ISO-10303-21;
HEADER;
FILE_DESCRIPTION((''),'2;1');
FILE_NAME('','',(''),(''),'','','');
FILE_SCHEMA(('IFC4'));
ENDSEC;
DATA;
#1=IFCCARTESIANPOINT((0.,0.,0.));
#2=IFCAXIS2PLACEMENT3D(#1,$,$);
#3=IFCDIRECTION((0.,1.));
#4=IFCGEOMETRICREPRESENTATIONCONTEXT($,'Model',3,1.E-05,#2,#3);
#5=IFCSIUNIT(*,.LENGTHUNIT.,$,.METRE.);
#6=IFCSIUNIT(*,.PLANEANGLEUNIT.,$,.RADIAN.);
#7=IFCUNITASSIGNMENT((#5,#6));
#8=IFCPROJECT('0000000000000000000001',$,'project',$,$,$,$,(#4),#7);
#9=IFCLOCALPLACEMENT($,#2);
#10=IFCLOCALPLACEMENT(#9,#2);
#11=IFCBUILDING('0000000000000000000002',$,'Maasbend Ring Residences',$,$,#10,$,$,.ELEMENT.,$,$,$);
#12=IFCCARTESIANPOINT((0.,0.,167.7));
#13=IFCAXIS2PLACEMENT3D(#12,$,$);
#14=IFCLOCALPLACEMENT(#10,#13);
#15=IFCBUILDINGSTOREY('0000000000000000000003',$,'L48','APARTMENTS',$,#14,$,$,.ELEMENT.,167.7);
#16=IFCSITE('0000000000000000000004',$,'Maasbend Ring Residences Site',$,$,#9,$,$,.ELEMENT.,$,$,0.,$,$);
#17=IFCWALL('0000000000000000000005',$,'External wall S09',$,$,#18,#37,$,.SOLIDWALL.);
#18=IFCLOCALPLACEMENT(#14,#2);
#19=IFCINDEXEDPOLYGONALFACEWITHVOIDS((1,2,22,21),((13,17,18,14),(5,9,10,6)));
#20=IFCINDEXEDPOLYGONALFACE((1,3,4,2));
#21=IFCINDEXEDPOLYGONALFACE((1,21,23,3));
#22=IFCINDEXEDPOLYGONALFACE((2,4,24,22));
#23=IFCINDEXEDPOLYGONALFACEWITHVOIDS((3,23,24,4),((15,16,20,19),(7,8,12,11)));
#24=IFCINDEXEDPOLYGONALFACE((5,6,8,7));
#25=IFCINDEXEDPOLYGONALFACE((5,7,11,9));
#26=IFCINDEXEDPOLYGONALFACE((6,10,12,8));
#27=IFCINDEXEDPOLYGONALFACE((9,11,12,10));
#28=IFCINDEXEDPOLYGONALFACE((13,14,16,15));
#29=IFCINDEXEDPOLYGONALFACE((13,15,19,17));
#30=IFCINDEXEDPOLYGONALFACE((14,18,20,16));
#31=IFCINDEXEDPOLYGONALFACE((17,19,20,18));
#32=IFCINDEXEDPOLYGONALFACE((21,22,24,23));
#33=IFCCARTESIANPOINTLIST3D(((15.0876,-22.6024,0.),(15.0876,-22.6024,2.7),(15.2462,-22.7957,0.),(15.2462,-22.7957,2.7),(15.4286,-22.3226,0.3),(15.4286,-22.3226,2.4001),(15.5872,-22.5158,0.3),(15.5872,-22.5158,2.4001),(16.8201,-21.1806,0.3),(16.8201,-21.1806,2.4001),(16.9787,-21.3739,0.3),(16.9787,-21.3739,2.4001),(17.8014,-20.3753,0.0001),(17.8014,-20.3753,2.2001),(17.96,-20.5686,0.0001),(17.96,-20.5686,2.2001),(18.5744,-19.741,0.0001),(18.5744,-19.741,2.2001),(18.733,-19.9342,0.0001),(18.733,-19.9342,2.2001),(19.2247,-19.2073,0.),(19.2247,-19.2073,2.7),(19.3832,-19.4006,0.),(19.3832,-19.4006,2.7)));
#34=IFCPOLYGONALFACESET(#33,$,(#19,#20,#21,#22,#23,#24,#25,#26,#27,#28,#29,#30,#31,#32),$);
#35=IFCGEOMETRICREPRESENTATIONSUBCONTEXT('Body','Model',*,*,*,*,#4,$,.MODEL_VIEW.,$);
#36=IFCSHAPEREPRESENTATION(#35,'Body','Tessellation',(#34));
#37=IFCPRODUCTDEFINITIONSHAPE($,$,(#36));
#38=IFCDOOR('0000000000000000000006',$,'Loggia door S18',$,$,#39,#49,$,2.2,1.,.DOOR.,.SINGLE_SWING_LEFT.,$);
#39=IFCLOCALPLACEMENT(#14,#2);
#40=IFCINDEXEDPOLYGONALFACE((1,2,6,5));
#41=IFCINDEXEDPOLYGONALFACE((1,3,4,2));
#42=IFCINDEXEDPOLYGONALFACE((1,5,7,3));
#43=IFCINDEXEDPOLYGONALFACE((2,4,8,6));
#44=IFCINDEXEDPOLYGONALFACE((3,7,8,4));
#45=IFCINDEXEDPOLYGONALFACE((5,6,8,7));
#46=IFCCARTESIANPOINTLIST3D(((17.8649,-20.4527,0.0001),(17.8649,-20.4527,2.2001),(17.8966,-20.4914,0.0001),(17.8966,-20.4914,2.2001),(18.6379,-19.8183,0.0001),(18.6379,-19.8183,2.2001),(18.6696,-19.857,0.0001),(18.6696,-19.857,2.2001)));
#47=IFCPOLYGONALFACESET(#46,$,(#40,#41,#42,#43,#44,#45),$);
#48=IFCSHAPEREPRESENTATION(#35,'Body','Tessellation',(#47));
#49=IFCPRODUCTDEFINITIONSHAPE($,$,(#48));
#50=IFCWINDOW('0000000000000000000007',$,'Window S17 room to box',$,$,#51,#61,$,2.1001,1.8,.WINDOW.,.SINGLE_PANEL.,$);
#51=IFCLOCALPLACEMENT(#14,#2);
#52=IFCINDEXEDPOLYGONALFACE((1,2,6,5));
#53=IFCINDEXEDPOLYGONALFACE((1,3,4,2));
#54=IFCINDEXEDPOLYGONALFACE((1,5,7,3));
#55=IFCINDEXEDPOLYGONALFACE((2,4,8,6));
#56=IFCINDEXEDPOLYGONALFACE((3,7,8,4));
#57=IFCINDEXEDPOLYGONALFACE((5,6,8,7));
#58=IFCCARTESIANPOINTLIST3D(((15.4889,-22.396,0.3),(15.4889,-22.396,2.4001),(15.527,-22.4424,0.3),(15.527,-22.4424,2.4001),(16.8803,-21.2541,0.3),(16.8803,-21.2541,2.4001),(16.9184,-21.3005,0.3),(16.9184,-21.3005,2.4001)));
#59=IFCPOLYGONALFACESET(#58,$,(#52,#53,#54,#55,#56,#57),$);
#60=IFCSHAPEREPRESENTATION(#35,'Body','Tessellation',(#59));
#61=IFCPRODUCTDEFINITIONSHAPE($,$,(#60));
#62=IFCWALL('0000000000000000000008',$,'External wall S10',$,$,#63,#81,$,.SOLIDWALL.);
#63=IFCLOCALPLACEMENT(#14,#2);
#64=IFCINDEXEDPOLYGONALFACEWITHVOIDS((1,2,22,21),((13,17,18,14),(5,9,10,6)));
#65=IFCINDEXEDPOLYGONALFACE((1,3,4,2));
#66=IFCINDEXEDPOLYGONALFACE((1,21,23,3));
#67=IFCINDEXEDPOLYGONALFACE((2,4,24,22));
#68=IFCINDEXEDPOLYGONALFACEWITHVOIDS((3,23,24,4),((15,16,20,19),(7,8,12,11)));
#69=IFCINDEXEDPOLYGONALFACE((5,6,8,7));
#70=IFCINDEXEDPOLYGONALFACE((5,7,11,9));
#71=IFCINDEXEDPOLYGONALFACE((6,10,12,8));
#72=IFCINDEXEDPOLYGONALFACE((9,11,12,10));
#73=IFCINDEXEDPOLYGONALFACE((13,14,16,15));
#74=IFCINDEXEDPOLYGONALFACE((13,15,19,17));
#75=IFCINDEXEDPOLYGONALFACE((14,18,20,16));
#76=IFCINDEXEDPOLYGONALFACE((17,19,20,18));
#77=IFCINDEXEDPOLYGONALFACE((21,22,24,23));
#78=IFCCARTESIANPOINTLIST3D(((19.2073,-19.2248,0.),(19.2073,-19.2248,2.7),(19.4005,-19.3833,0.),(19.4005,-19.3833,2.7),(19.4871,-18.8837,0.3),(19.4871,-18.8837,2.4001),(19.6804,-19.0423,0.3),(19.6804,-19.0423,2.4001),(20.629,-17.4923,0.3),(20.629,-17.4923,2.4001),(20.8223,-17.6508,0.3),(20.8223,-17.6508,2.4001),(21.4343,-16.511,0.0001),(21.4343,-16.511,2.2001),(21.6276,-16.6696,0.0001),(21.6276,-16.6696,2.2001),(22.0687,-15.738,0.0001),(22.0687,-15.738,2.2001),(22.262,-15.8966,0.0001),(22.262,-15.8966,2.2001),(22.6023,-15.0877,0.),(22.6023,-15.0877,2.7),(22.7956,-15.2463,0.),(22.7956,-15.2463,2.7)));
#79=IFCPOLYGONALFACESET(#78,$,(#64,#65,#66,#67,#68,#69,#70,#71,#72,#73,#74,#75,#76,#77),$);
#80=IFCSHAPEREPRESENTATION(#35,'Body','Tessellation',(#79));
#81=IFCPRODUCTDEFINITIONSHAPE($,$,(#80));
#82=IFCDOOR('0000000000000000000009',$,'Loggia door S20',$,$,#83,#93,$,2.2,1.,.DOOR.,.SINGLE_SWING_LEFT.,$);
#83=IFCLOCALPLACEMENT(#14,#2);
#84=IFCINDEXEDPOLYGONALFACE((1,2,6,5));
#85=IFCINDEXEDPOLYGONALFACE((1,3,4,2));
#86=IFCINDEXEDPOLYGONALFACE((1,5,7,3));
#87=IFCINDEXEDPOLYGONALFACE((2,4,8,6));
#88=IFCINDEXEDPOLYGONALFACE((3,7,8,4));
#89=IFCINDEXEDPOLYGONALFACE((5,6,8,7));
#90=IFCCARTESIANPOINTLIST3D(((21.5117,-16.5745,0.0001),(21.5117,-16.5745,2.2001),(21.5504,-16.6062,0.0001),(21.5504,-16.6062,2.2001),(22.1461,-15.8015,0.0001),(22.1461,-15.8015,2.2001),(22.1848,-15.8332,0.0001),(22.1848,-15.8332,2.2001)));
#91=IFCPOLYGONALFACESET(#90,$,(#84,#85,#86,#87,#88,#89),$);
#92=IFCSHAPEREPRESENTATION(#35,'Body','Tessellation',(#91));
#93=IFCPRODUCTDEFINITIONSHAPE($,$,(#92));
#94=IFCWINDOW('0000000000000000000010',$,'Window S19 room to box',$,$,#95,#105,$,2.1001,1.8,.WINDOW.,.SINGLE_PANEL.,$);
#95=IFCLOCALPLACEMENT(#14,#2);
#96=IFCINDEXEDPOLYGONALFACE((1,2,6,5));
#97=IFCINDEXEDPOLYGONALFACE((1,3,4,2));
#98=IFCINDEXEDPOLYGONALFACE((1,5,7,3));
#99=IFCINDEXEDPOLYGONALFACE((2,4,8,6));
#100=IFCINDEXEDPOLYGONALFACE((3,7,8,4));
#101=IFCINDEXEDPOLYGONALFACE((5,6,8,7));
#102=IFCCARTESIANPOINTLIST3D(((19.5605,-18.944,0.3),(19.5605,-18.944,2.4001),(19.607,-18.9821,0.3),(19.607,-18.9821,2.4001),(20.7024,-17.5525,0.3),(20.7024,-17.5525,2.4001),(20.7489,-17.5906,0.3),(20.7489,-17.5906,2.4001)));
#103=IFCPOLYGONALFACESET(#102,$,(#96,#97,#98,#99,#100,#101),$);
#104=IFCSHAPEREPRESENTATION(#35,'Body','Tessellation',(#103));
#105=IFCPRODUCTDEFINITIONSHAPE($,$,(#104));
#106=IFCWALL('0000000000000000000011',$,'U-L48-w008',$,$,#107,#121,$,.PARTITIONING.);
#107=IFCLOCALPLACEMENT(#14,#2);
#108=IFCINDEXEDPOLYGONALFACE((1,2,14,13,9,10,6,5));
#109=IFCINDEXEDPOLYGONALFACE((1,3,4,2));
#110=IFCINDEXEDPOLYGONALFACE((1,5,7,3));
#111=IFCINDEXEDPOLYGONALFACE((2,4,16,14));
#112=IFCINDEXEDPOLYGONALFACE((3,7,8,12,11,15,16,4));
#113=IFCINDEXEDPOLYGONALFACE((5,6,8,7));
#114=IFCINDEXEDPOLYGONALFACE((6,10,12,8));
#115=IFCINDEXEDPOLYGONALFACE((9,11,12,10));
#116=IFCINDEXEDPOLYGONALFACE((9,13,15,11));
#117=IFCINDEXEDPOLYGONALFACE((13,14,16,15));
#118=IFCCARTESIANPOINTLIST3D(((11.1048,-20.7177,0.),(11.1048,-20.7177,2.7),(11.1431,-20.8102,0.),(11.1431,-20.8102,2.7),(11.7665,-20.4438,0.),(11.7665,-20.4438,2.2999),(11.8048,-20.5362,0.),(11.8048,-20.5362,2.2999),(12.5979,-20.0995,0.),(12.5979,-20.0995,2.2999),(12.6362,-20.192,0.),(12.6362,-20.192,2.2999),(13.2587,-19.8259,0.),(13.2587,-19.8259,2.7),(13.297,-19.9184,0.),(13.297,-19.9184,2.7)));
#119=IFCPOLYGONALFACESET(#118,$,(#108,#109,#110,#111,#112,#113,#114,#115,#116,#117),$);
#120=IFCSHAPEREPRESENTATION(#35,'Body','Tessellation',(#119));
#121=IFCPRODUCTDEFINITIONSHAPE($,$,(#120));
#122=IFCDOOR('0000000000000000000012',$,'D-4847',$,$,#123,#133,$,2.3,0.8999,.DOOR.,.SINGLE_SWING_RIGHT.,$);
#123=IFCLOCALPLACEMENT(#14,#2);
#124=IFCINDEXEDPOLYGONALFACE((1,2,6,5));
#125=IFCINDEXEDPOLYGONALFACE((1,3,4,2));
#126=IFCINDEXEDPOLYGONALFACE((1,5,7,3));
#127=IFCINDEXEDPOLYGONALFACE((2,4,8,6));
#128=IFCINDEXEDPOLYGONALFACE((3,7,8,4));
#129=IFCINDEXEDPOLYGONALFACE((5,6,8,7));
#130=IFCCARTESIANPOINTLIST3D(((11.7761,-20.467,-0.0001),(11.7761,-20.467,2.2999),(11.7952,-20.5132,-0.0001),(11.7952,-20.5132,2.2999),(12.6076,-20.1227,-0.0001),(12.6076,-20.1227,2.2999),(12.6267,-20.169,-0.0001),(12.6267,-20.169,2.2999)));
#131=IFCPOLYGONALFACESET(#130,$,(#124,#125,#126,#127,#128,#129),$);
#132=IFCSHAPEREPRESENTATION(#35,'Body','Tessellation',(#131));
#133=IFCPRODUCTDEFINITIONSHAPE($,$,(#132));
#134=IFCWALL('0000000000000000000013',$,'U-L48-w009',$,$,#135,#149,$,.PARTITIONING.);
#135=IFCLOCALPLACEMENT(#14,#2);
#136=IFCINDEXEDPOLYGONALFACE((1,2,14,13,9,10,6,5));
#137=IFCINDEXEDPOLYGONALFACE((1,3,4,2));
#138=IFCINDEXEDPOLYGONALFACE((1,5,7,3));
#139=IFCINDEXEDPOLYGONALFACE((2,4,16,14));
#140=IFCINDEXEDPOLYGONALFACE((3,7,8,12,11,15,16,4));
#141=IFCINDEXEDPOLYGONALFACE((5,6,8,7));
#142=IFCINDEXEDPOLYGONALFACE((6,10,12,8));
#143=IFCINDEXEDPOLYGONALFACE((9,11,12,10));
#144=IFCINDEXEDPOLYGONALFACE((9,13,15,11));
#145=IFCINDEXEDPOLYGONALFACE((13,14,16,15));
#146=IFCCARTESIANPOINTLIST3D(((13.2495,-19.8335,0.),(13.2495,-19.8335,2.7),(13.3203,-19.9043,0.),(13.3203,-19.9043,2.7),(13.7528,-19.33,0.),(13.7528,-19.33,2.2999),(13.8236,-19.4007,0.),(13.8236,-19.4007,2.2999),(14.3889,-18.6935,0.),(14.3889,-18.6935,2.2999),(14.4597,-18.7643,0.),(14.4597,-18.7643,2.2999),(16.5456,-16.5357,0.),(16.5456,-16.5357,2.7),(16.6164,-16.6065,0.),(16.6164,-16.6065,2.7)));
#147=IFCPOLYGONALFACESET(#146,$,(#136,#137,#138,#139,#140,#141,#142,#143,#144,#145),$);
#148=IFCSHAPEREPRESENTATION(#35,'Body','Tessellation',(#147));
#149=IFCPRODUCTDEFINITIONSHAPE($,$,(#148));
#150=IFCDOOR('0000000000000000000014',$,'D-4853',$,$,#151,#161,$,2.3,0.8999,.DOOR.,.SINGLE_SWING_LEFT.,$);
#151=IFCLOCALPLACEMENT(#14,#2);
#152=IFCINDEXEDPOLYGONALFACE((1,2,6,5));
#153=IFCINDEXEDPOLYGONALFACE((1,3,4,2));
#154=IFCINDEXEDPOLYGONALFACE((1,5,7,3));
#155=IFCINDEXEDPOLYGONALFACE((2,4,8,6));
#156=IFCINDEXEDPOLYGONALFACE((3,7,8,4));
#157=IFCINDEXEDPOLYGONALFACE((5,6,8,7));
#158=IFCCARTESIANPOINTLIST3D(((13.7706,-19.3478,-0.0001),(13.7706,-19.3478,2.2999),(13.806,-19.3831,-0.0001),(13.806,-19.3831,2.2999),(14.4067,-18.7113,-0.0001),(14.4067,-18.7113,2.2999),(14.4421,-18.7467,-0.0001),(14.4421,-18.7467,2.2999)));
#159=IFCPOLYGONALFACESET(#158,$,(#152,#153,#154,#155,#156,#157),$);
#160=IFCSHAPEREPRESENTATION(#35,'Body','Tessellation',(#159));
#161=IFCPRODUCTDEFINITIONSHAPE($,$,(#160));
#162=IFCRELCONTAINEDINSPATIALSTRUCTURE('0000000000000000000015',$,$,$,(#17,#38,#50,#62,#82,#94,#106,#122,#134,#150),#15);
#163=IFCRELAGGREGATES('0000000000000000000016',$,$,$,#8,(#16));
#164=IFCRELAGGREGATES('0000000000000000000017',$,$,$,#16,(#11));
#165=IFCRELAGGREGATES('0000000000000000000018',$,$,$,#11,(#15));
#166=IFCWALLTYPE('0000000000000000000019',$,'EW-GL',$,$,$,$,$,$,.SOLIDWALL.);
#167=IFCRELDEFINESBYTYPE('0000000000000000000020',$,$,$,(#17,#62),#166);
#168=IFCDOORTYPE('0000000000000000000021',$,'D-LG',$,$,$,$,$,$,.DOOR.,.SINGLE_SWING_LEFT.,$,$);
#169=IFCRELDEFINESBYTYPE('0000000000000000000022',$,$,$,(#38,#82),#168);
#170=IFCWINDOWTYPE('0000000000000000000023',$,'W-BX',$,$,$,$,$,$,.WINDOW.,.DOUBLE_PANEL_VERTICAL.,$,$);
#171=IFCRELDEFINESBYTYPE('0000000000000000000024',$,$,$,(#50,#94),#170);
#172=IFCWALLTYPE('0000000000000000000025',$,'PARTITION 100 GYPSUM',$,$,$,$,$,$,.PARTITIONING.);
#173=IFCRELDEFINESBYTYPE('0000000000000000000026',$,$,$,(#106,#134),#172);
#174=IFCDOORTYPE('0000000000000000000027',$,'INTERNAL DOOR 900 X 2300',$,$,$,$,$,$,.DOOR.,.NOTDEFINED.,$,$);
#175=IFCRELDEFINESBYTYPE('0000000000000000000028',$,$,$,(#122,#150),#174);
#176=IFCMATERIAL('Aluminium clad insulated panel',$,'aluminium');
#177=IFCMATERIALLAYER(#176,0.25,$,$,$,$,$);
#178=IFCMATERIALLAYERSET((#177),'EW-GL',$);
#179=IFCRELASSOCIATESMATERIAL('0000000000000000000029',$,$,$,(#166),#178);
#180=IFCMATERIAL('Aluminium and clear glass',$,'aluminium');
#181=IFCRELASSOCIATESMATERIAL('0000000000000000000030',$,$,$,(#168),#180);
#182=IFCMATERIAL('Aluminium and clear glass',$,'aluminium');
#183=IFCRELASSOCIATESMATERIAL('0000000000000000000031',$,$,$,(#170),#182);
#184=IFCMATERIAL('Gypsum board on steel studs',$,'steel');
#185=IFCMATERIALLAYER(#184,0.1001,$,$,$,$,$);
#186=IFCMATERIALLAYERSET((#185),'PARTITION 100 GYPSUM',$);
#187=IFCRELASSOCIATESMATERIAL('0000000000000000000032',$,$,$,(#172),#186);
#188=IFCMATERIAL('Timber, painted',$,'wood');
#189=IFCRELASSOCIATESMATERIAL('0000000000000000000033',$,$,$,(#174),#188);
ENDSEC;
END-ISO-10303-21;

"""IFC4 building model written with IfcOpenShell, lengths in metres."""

from ifc_helpers import new_model, si_unit, direction, frame, frame_2d, origin, place, context, subcontext, project, spatial, rectangle, extrude, material, layer, layer_set, type_object, element, fill, save


model = new_model("IFC4")

# Units and contexts
model_context = context("Model", 3, precision=1e-05, world=origin(), true_north=direction((0.0, 1.0)))
body_context = subcontext(model_context, "Body", "Model", "MODEL_VIEW")
ifc_project = project(units=[si_unit("LENGTHUNIT", "METRE"), si_unit("PLANEANGLEUNIT", "RADIAN")], contexts=[model_context])

# Site, building, storey
site_placement = place(None, origin())
site = spatial("IfcSite", under=ifc_project, at=site_placement, Name="Maasbend Ring Residences Site", CompositionType="ELEMENT", RefElevation=0.0)
building_placement = place(site_placement, origin())
building = spatial("IfcBuilding", under=site, at=building_placement, Name="Maasbend Ring Residences", CompositionType="ELEMENT")
storey_placement = place(building_placement, frame((0.0, 0.0, 167.7)))
storey = spatial("IfcBuildingStorey", under=building, at=storey_placement, Name="L48", Description="APARTMENTS", CompositionType="ELEMENT", Elevation=167.7)

# Walls, openings, doors, windows
ifc_material_1 = material(Name="Aluminium clad insulated panel", Category="aluminium")
ifc_layer_1 = layer(ifc_material_1, 0.25)
ifc_layer_set_1 = layer_set([ifc_layer_1], Name="EW-GL")
wall_type_1 = type_object("IfcWallType", Name="EW-GL", PredefinedType="SOLIDWALL", material=ifc_layer_set_1)
wall_1_placement = place(storey_placement, frame((15.167, -22.699, 0.0), z_axis=(0.0, 0.0, 1.0), x_axis=(0.773019, 0.634382, 0.0)))
wall_1 = element("IfcWall", 1, at=wall_1_placement, inside=storey, type_object=wall_type_1, Name="External wall S09", PredefinedType="SOLIDWALL", context=body_context, shape_type="SweptSolid", body=[
    extrude(rectangle(XDim=5.3518, YDim=0.25, at=frame_2d((2.6758, 0.0))), origin(), (0.0, 0.0, 1.0), 2.7),
])
opening_1_placement = place(wall_1_placement, frame((0.4412, 0.0, 0.3)))
opening_1 = element("IfcOpeningElement", 2, at=opening_1_placement, cuts=wall_1, PredefinedType="OPENING", context=body_context, shape_type="SweptSolid", body=[
    extrude(rectangle(XDim=1.8, YDim=2.1001, at=frame_2d((0.8999, 1.05))), frame((0.0, 0.135, 0.0), z_axis=(0.0, -1.0, 0.0), x_axis=(1.0, 0.0, 0.0)), (0.0, 0.0, 1.0), 0.27),
])
opening_2_placement = place(wall_1_placement, frame((3.5105, 0.0, 0.0)))
opening_2 = element("IfcOpeningElement", 3, at=opening_2_placement, cuts=wall_1, PredefinedType="OPENING", context=body_context, shape_type="SweptSolid", body=[
    extrude(rectangle(XDim=1.0, YDim=2.2, at=frame_2d((0.5, 1.1001))), frame((0.0, 0.135, 0.0), z_axis=(0.0, -1.0, 0.0), x_axis=(1.0, 0.0, 0.0)), (0.0, 0.0, 1.0), 0.27),
])
ifc_material_2 = material(Name="Aluminium and clear glass", Category="aluminium")
door_type_1 = type_object("IfcDoorType", Name="D-LG", OperationType="SINGLE_SWING_LEFT", PredefinedType="DOOR", material=ifc_material_2)
door_1_placement = place(opening_2_placement, origin())
door_1 = element("IfcDoor", 4, at=door_1_placement, inside=storey, type_object=door_type_1, Name="Loggia door S18", OperationType="SINGLE_SWING_LEFT", OverallHeight=2.2, OverallWidth=1.0, PredefinedType="DOOR", context=body_context, shape_type="SweptSolid", body=[
    extrude(rectangle(XDim=1.0, YDim=2.2, at=frame_2d((0.5, 1.1001))), frame((0.0, 0.0249, 0.0), z_axis=(0.0, -1.0, 0.0), x_axis=(1.0, 0.0, 0.0)), (0.0, 0.0, 1.0), 0.05),
])
fill(opening_2, door_1)
ifc_material_3 = material(Name="Aluminium and clear glass", Category="aluminium")
window_type_1 = type_object("IfcWindowType", Name="W-BX", PartitioningType="DOUBLE_PANEL_VERTICAL", PredefinedType="WINDOW", material=ifc_material_3)
window_1_placement = place(opening_1_placement, origin())
window_1 = element("IfcWindow", 5, at=window_1_placement, inside=storey, type_object=window_type_1, Name="Window S17 room to box", OverallHeight=2.1001, OverallWidth=1.8, PartitioningType="SINGLE_PANEL", PredefinedType="WINDOW", context=body_context, shape_type="SweptSolid", body=[
    extrude(rectangle(XDim=1.8, YDim=2.1001, at=frame_2d((0.8999, 1.05))), frame((0.0, 0.03, 0.0), z_axis=(0.0, -1.0, 0.0), x_axis=(1.0, 0.0, 0.0)), (0.0, 0.0, 1.0), 0.0601),
])
fill(opening_1, window_1)
wall_2_placement = place(storey_placement, frame((19.304, -19.304, 0.0), z_axis=(0.0, 0.0, 1.0), x_axis=(0.634382, 0.773019, 0.0)))
wall_2 = element("IfcWall", 6, at=wall_2_placement, inside=storey, type_object=wall_type_1, Name="External wall S10", PredefinedType="SOLIDWALL", context=body_context, shape_type="SweptSolid", body=[
    extrude(rectangle(XDim=5.3518, YDim=0.25, at=frame_2d((2.6758, 0.0))), origin(), (0.0, 0.0, 1.0), 2.7),
])
opening_3_placement = place(wall_2_placement, frame((0.4412, 0.0, 0.3)))
opening_3 = element("IfcOpeningElement", 7, at=opening_3_placement, cuts=wall_2, PredefinedType="OPENING", context=body_context, shape_type="SweptSolid", body=[
    extrude(rectangle(XDim=1.8, YDim=2.1001, at=frame_2d((0.8999, 1.05))), frame((0.0, 0.135, 0.0), z_axis=(0.0, -1.0, 0.0), x_axis=(1.0, 0.0, 0.0)), (0.0, 0.0, 1.0), 0.27),
])
opening_4_placement = place(wall_2_placement, frame((3.5105, 0.0, 0.0)))
opening_4 = element("IfcOpeningElement", 8, at=opening_4_placement, cuts=wall_2, PredefinedType="OPENING", context=body_context, shape_type="SweptSolid", body=[
    extrude(rectangle(XDim=1.0, YDim=2.2, at=frame_2d((0.5, 1.1001))), frame((0.0, 0.135, 0.0), z_axis=(0.0, -1.0, 0.0), x_axis=(1.0, 0.0, 0.0)), (0.0, 0.0, 1.0), 0.27),
])
door_2_placement = place(opening_4_placement, origin())
door_2 = element("IfcDoor", 9, at=door_2_placement, inside=storey, type_object=door_type_1, Name="Loggia door S20", OperationType="SINGLE_SWING_LEFT", OverallHeight=2.2, OverallWidth=1.0, PredefinedType="DOOR", context=body_context, shape_type="SweptSolid", body=[
    extrude(rectangle(XDim=1.0, YDim=2.2, at=frame_2d((0.5, 1.1001))), frame((0.0, 0.0249, 0.0), z_axis=(0.0, -1.0, 0.0), x_axis=(1.0, 0.0, 0.0)), (0.0, 0.0, 1.0), 0.05),
])
fill(opening_4, door_2)
window_2_placement = place(opening_3_placement, origin())
window_2 = element("IfcWindow", 10, at=window_2_placement, inside=storey, type_object=window_type_1, Name="Window S19 room to box", OverallHeight=2.1001, OverallWidth=1.8, PartitioningType="SINGLE_PANEL", PredefinedType="WINDOW", context=body_context, shape_type="SweptSolid", body=[
    extrude(rectangle(XDim=1.8, YDim=2.1001, at=frame_2d((0.8999, 1.05))), frame((0.0, 0.03, 0.0), z_axis=(0.0, -1.0, 0.0), x_axis=(1.0, 0.0, 0.0)), (0.0, 0.0, 1.0), 0.0601),
])
fill(opening_3, window_2)

# Walls, openings, doors
ifc_material_4 = material(Name="Gypsum board on steel studs", Category="steel")
ifc_layer_2 = layer(ifc_material_4, 0.1001)
ifc_layer_set_2 = layer_set([ifc_layer_2], Name="PARTITION 100 GYPSUM")
wall_type_2 = type_object("IfcWallType", Name="PARTITION 100 GYPSUM", PredefinedType="PARTITIONING", material=ifc_layer_set_2)
wall_3_placement = place(storey_placement, frame((11.124, -20.7639, 0.0), z_axis=(0.0, 0.0, 1.0), x_axis=(0.923939, 0.38254, 0.0)))
wall_3 = element("IfcWall", 11, at=wall_3_placement, inside=storey, type_object=wall_type_2, Name="U-L48-w008", PredefinedType="PARTITIONING", context=body_context, shape_type="SweptSolid", body=[
    extrude(rectangle(XDim=2.3313, YDim=0.1001, at=frame_2d((1.1655, 0.0))), origin(), (0.0, 0.0, 1.0), 2.7),
])
opening_5_placement = place(wall_3_placement, frame((0.7161, 0.0, 0.0)))
opening_5 = element("IfcOpeningElement", 12, at=opening_5_placement, cuts=wall_3, PredefinedType="OPENING", context=body_context, shape_type="SweptSolid", body=[
    extrude(rectangle(XDim=0.8999, YDim=2.3, at=frame_2d((0.45, 1.1499))), frame((0.0, 0.0601, 0.0), z_axis=(0.0, -1.0, 0.0), x_axis=(1.0, 0.0, 0.0)), (0.0, 0.0, 1.0), 0.1201),
])
ifc_material_5 = material(Name="Timber, painted", Category="wood")
door_type_2 = type_object("IfcDoorType", Name="INTERNAL DOOR 900 X 2300", OperationType="NOTDEFINED", PredefinedType="DOOR", material=ifc_material_5)
door_3_placement = place(opening_5_placement, origin())
door_3 = element("IfcDoor", 13, at=door_3_placement, inside=storey, type_object=door_type_2, Name="D-4847", OperationType="SINGLE_SWING_RIGHT", OverallHeight=2.3, OverallWidth=0.8999, PredefinedType="DOOR", context=body_context, shape_type="SweptSolid", body=[
    extrude(rectangle(XDim=0.8999, YDim=2.3, at=frame_2d((0.45, 1.1499))), frame((0.0, 0.0249, 0.0), z_axis=(0.0, -1.0, 0.0), x_axis=(1.0, 0.0, 0.0)), (0.0, 0.0, 1.0), 0.05),
])
fill(opening_5, door_3)
wall_4_placement = place(storey_placement, frame((13.2849, -19.8689, 0.0), z_axis=(0.0, 0.0, 1.0), x_axis=(0.706923, 0.70729, 0.0)))
wall_4 = element("IfcWall", 14, at=wall_4_placement, inside=storey, type_object=wall_type_2, Name="U-L48-w009", PredefinedType="PARTITIONING", context=body_context, shape_type="SweptSolid", body=[
    extrude(rectangle(XDim=4.6626, YDim=0.1001, at=frame_2d((2.3313, 0.0))), origin(), (0.0, 0.0, 1.0), 2.7),
])
opening_6_placement = place(wall_4_placement, frame((0.7119, 0.0, 0.0)))
opening_6 = element("IfcOpeningElement", 15, at=opening_6_placement, cuts=wall_4, PredefinedType="OPENING", context=body_context, shape_type="SweptSolid", body=[
    extrude(rectangle(XDim=0.8999, YDim=2.3, at=frame_2d((0.45, 1.1499))), frame((0.0, 0.0601, 0.0), z_axis=(0.0, -1.0, 0.0), x_axis=(1.0, 0.0, 0.0)), (0.0, 0.0, 1.0), 0.1201),
])
door_4_placement = place(opening_6_placement, origin())
door_4 = element("IfcDoor", 16, at=door_4_placement, inside=storey, type_object=door_type_2, Name="D-4853", OperationType="SINGLE_SWING_LEFT", OverallHeight=2.3, OverallWidth=0.8999, PredefinedType="DOOR", context=body_context, shape_type="SweptSolid", body=[
    extrude(rectangle(XDim=0.8999, YDim=2.3, at=frame_2d((0.45, 1.1499))), frame((0.0, 0.0249, 0.0), z_axis=(0.0, -1.0, 0.0), x_axis=(1.0, 0.0, 0.0)), (0.0, 0.0, 1.0), 0.05),
])
fill(opening_6, door_4)

save(model, "model.ifc")
